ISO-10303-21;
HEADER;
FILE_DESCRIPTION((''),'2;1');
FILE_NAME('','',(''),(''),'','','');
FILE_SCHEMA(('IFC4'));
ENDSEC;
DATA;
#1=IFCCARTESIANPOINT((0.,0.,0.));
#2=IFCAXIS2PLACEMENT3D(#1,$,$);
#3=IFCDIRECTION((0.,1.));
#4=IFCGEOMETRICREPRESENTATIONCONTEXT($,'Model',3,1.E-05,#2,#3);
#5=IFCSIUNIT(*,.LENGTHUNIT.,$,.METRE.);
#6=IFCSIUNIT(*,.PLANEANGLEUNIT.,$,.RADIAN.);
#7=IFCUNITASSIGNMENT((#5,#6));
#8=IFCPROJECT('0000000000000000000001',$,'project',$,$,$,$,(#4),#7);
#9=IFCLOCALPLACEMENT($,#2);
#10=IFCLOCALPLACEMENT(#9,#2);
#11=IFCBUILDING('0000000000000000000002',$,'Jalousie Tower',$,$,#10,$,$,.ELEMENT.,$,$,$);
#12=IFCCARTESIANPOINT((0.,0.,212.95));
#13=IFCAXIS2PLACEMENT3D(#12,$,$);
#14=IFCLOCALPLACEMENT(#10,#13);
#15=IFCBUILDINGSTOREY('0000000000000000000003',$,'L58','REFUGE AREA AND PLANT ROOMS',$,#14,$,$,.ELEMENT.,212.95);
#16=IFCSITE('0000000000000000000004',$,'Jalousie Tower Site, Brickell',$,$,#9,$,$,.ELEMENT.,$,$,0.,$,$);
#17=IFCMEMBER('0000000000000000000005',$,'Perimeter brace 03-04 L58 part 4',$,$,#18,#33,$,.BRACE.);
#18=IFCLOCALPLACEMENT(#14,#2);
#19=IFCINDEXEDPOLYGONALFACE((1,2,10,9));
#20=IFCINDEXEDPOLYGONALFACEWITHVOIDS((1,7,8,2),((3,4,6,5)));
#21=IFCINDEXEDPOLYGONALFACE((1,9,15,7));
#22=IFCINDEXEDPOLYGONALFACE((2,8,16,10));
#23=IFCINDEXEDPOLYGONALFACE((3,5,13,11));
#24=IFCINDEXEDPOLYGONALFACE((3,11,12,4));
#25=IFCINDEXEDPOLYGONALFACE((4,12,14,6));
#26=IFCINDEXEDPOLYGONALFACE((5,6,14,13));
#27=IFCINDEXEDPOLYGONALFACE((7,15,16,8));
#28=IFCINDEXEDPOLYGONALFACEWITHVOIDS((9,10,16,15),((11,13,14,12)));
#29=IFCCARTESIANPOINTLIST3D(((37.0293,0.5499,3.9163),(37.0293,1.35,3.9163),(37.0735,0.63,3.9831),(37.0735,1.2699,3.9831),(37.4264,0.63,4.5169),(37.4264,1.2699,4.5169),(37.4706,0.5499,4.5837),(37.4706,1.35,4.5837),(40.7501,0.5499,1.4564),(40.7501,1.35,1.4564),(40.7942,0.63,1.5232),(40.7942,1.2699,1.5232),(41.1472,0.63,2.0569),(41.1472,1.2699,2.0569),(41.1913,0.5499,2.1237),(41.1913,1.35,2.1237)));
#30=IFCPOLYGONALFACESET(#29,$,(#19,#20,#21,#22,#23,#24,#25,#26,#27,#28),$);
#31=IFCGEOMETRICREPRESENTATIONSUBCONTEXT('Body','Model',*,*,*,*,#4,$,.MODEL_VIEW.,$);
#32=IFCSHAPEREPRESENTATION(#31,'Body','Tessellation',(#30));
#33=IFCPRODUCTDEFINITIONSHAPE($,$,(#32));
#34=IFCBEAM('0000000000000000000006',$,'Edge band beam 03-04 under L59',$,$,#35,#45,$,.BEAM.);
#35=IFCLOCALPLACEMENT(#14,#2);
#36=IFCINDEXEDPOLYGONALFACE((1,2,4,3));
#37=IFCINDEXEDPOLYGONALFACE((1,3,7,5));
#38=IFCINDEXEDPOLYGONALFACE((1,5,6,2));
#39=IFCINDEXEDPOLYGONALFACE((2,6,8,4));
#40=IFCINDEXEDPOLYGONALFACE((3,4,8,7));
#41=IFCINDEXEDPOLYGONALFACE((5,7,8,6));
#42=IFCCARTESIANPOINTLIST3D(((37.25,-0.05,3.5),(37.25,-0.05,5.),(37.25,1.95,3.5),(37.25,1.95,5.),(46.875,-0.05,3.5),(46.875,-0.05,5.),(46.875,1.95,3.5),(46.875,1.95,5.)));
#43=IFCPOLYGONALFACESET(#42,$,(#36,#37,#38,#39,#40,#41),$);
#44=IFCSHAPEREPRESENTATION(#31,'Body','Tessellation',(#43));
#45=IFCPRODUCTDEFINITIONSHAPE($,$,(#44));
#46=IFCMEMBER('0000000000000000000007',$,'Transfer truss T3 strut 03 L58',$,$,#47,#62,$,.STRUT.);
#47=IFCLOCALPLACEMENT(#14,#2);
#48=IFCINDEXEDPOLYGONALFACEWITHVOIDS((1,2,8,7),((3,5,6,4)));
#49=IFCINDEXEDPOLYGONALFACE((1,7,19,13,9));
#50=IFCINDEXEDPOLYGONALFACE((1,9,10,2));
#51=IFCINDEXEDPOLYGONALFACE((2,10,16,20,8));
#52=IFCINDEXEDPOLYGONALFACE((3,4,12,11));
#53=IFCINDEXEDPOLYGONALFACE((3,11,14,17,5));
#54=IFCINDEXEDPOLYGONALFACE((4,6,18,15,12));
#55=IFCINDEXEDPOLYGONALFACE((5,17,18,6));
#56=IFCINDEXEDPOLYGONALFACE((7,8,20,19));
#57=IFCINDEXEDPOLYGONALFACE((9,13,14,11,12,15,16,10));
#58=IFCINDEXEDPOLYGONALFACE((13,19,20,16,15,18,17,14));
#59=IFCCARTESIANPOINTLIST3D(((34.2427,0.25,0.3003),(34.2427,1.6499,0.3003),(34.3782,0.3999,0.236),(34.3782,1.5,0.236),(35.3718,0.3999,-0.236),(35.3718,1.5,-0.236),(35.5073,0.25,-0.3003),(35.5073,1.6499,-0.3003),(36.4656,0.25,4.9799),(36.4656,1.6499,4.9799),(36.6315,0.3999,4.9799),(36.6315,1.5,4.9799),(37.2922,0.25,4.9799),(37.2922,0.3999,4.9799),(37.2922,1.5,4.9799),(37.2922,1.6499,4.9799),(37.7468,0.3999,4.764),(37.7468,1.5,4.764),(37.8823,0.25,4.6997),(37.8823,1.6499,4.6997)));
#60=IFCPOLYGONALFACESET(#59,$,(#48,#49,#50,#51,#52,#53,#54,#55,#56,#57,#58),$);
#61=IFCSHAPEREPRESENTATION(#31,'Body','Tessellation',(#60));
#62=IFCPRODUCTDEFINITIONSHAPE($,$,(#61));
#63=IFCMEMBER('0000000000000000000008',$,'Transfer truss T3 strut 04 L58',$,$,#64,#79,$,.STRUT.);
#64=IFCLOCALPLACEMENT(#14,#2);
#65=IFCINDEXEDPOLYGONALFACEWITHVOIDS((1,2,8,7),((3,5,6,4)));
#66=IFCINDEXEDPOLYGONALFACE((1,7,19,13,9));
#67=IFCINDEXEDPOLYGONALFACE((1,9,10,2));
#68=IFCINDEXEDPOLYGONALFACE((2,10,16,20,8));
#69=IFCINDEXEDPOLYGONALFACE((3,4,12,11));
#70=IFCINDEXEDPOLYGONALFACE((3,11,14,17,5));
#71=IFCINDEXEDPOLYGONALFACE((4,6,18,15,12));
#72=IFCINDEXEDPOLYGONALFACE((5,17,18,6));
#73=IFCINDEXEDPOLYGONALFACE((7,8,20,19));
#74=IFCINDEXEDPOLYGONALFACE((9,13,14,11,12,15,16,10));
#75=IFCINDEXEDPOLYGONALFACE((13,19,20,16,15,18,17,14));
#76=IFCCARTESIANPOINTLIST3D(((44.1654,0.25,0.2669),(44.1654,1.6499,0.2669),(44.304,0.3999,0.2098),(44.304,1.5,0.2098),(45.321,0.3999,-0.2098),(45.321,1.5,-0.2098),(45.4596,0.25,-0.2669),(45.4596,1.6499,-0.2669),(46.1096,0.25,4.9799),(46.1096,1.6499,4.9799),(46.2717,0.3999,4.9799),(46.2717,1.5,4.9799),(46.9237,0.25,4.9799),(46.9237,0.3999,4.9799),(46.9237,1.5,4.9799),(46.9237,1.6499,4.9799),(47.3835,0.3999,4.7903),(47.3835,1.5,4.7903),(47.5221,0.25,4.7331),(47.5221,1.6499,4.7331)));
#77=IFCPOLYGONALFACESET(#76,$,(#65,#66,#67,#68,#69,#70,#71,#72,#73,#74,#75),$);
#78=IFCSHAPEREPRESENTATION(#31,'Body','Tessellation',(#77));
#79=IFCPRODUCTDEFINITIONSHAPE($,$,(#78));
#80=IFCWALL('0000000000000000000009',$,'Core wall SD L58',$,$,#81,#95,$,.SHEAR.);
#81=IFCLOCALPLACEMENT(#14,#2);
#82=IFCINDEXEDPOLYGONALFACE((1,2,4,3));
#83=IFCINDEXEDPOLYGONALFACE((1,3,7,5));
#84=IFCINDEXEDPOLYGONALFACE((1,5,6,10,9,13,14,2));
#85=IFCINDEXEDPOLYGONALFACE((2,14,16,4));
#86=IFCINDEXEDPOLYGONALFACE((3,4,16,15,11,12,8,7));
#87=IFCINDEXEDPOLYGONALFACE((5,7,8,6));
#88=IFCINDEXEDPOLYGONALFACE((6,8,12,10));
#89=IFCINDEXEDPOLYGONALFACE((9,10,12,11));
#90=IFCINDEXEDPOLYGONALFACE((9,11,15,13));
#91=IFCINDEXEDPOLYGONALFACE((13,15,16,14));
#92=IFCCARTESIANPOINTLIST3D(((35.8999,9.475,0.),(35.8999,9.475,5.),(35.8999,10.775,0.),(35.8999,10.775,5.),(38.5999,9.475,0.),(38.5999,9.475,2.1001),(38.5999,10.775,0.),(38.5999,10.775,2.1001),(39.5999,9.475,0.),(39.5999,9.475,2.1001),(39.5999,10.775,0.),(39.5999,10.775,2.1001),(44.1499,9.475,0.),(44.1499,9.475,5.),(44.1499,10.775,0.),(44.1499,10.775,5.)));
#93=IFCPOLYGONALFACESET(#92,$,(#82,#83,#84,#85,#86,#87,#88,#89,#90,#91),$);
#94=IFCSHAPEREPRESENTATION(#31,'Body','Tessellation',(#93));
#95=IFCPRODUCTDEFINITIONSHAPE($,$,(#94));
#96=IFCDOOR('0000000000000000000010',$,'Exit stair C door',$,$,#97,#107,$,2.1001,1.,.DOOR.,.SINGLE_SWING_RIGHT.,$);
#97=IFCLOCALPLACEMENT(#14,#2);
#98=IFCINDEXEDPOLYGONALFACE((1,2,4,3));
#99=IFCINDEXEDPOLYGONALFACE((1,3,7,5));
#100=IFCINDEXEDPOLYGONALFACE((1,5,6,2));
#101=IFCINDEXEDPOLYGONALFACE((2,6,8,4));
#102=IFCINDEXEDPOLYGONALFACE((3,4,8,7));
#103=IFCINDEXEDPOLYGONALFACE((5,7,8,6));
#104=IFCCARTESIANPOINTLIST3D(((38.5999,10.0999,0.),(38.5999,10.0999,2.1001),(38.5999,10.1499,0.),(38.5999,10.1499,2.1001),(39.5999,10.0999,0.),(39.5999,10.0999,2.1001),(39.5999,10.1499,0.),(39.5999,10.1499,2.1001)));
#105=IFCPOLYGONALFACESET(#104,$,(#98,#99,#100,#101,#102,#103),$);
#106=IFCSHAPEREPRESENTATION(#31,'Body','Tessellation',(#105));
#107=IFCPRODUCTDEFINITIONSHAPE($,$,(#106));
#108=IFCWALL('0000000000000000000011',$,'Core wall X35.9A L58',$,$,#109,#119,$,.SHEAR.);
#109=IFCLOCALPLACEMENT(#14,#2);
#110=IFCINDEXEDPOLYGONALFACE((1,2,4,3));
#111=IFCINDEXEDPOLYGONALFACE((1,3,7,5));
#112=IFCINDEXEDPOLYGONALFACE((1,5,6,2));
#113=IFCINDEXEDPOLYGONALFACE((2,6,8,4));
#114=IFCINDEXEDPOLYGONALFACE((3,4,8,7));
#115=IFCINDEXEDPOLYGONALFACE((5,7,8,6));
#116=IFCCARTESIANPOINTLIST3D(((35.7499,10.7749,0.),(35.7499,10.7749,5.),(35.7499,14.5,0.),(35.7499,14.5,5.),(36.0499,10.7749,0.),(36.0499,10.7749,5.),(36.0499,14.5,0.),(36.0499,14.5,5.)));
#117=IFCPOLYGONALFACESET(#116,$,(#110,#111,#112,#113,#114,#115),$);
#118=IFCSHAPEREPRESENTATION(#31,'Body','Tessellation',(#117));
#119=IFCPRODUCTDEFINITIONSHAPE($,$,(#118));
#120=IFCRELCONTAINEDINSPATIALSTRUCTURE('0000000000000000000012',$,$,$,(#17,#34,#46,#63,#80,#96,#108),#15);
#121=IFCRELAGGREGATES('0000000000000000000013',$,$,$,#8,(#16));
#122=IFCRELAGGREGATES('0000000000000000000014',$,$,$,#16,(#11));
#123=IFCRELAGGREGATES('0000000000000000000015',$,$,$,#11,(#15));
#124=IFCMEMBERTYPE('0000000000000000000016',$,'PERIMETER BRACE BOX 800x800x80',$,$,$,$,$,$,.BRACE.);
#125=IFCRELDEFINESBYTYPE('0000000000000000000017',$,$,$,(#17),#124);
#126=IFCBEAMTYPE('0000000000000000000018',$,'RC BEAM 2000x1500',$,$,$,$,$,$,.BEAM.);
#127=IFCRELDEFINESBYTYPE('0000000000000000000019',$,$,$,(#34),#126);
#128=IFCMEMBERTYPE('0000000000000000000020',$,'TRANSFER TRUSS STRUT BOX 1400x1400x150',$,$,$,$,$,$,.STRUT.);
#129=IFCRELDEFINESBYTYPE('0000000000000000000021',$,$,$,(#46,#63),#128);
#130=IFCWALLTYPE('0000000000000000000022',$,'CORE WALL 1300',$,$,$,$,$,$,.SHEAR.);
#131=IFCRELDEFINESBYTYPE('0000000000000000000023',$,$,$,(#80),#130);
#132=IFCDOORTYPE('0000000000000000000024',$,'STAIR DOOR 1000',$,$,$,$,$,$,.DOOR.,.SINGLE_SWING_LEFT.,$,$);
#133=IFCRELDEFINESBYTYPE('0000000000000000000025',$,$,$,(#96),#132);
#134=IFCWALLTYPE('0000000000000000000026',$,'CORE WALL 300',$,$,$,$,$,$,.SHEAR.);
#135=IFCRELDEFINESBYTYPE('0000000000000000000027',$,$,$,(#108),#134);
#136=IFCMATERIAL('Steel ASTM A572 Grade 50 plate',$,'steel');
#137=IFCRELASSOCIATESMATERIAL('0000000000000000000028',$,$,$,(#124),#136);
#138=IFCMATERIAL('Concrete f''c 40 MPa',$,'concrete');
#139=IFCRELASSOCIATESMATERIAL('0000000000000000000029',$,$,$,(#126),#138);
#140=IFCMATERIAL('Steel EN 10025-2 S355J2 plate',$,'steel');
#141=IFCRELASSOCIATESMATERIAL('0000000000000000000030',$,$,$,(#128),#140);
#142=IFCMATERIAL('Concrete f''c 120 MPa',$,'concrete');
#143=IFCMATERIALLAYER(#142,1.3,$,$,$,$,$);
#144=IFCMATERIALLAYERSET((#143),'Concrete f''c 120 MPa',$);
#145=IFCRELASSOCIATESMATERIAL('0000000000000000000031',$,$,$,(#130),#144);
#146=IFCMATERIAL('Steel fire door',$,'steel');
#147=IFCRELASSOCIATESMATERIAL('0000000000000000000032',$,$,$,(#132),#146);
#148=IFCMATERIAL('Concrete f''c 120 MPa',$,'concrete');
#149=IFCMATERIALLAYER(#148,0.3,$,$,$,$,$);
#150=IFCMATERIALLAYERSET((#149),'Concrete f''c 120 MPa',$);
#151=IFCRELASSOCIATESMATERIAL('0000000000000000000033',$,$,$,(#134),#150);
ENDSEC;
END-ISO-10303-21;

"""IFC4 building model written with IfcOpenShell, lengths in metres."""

from ifc_helpers import new_model, si_unit, direction, frame, frame_2d, origin, origin_2d, place, context, subcontext, project, spatial, rectangle, hollow_rectangle, extrude, clip, halfspace, material, layer, layer_set, material_profile, profile_set, type_object, element, fill, save


model = new_model("IFC4")

# Units and contexts
model_context = context("Model", 3, precision=1e-05, world=origin(), true_north=direction((0.0, 1.0)))
body_context = subcontext(model_context, "Body", "Model", "MODEL_VIEW")
ifc_project = project(units=[si_unit("LENGTHUNIT", "METRE"), si_unit("PLANEANGLEUNIT", "RADIAN")], contexts=[model_context])

# Site, building, storey
site_placement = place(None, origin())
site = spatial("IfcSite", under=ifc_project, at=site_placement, Name="Jalousie Tower Site, Brickell", CompositionType="ELEMENT", RefElevation=0.0)
building_placement = place(site_placement, origin())
building = spatial("IfcBuilding", under=site, at=building_placement, Name="Jalousie Tower", CompositionType="ELEMENT")
storey_placement = place(building_placement, frame((0.0, 0.0, 212.95)))
storey = spatial("IfcBuildingStorey", under=building, at=storey_placement, Name="L58", Description="REFUGE AREA AND PLANT ROOMS", CompositionType="ELEMENT", Elevation=212.95)

# Member
ifc_material_1 = material(Name="Steel ASTM A572 Grade 50 plate", Category="steel")
ifc_material_profile_1 = material_profile(ifc_material_1, hollow_rectangle(XDim=0.8, YDim=0.8, WallThickness=0.0801, at=origin_2d()), Name="BOX 800x800x80")
ifc_profile_set_1 = profile_set([ifc_material_profile_1], Name="Steel ASTM A572 Grade 50 plate")
member_type_1 = type_object("IfcMemberType", Name="PERIMETER BRACE BOX 800x800x80", PredefinedType="BRACE", material=ifc_profile_set_1)
member_1_placement = place(storey_placement, frame((40.9707, 0.95, 1.79), z_axis=(-0.834166, 0.0, 0.551513), x_axis=(0.0, -1.0, 0.0)))
element("IfcMember", 1, at=member_1_placement, inside=storey, type_object=member_type_1, Name="Perimeter brace 03-04 L58 part 4", PredefinedType="BRACE", context=body_context, shape_type="SweptSolid", body=[
    extrude(hollow_rectangle(XDim=0.8, YDim=0.8, WallThickness=0.0801, at=origin_2d()), origin(), (0.0, 0.0, 1.0), 4.4604),
])

# Beam
ifc_material_2 = material(Name="Concrete f'c 40 MPa", Category="concrete")
ifc_material_profile_2 = material_profile(ifc_material_2, rectangle(XDim=2.0, YDim=1.5, at=origin_2d()), Name="RC 2000x1500")
ifc_profile_set_2 = profile_set([ifc_material_profile_2], Name="Concrete f'c 40 MPa")
beam_type = type_object("IfcBeamType", Name="RC BEAM 2000x1500", PredefinedType="BEAM", material=ifc_profile_set_2)
beam_placement = place(storey_placement, frame((37.25, 0.95, 4.25), z_axis=(1.0, 0.0, 0.0), x_axis=(0.0, 1.0, 0.0)))
element("IfcBeam", 2, at=beam_placement, inside=storey, type_object=beam_type, Name="Edge band beam 03-04 under L59", PredefinedType="BEAM", context=body_context, shape_type="SweptSolid", body=[
    extrude(rectangle(XDim=2.0, YDim=1.5, at=origin_2d()), origin(), (0.0, 0.0, 1.0), 9.625),
])

# Members
ifc_material_3 = material(Name="Steel EN 10025-2 S355J2 plate", Category="steel")
ifc_material_profile_3 = material_profile(ifc_material_3, hollow_rectangle(XDim=1.3999, YDim=1.3999, WallThickness=0.1499, at=origin_2d()), Name="BOX 1400x1400x150")
ifc_profile_set_3 = profile_set([ifc_material_profile_3], Name="Steel EN 10025-2 S355J2 plate")
member_type_2 = type_object("IfcMemberType", Name="TRANSFER TRUSS STRUT BOX 1400x1400x150", PredefinedType="STRUT", material=ifc_profile_set_3)
member_2_placement = place(storey_placement, frame((34.875, 0.95, 0.0), z_axis=(0.429057, 0.0, 0.903278), x_axis=(0.0, 1.0, 0.0)))
element("IfcMember", 3, at=member_2_placement, inside=storey, type_object=member_type_2, Name="Transfer truss T3 strut 03 L58", PredefinedType="STRUT", context=body_context, shape_type="Clipping", body=[
    clip(extrude(hollow_rectangle(XDim=1.3999, YDim=1.3999, WallThickness=0.1499, at=origin_2d()), origin(), (0.0, 0.0, 1.0), 5.5354), halfspace(frame((0.0, 0.0, 5.5132), z_axis=(0.0, 0.429057, 0.903278)), False)),
])
member_3_placement = place(storey_placement, frame((44.8125, 0.95, 0.0), z_axis=(0.381331, 0.0, 0.924439), x_axis=(0.0, 1.0, 0.0)))
element("IfcMember", 4, at=member_3_placement, inside=storey, type_object=member_type_2, Name="Transfer truss T3 strut 04 L58", PredefinedType="STRUT", context=body_context, shape_type="Clipping", body=[
    clip(extrude(hollow_rectangle(XDim=1.3999, YDim=1.3999, WallThickness=0.1499, at=origin_2d()), origin(), (0.0, 0.0, 1.0), 5.4087), halfspace(frame((0.0, 0.0, 5.387), z_axis=(0.0, 0.381331, 0.924439)), False)),
])

# Wall, opening, door
ifc_material_4 = material(Name="Concrete f'c 120 MPa", Category="concrete")
ifc_layer_1 = layer(ifc_material_4, 1.3)
ifc_layer_set_1 = layer_set([ifc_layer_1], Name="Concrete f'c 120 MPa")
wall_type_1 = type_object("IfcWallType", Name="CORE WALL 1300", PredefinedType="SHEAR", material=ifc_layer_set_1)
wall_1_placement = place(storey_placement, frame((35.8999, 10.125, 0.0), z_axis=(0.0, 0.0, 1.0), x_axis=(1.0, 0.0, 0.0)))
wall_1 = element("IfcWall", 5, at=wall_1_placement, inside=storey, type_object=wall_type_1, Name="Core wall SD L58", PredefinedType="SHEAR", context=body_context, shape_type="SweptSolid", body=[
    extrude(rectangle(XDim=8.25, YDim=1.3, at=frame_2d((4.125, 0.0))), origin(), (0.0, 0.0, 1.0), 5.0),
])
opening_placement = place(wall_1_placement, frame((2.7, 0.0, 0.0)))
opening = element("IfcOpeningElement", 6, at=opening_placement, cuts=wall_1, PredefinedType="OPENING", context=body_context, shape_type="SweptSolid", body=[
    extrude(rectangle(XDim=1.0, YDim=2.1001, at=frame_2d((0.5, 1.05))), frame((0.0, 0.6599, 0.0), z_axis=(0.0, -1.0, 0.0), x_axis=(1.0, 0.0, 0.0)), (0.0, 0.0, 1.0), 1.3201),
])
ifc_material_5 = material(Name="Steel fire door", Category="steel")
door_type = type_object("IfcDoorType", Name="STAIR DOOR 1000", OperationType="SINGLE_SWING_LEFT", PredefinedType="DOOR", material=ifc_material_5)
door_placement = place(opening_placement, origin())
door = element("IfcDoor", 7, at=door_placement, inside=storey, type_object=door_type, Name="Exit stair C door", OperationType="SINGLE_SWING_RIGHT", OverallHeight=2.1001, OverallWidth=1.0, PredefinedType="DOOR", context=body_context, shape_type="SweptSolid", body=[
    extrude(rectangle(XDim=1.0, YDim=2.1001, at=frame_2d((0.5, 1.05))), frame((0.0, 0.0249, 0.0), z_axis=(0.0, -1.0, 0.0), x_axis=(1.0, 0.0, 0.0)), (0.0, 0.0, 1.0), 0.05),
])
fill(opening, door)

# Wall
ifc_material_6 = material(Name="Concrete f'c 120 MPa", Category="concrete")
ifc_layer_2 = layer(ifc_material_6, 0.3)
ifc_layer_set_2 = layer_set([ifc_layer_2], Name="Concrete f'c 120 MPa")
wall_type_2 = type_object("IfcWallType", Name="CORE WALL 300", PredefinedType="SHEAR", material=ifc_layer_set_2)
wall_2_placement = place(storey_placement, frame((35.8999, 10.7749, 0.0), z_axis=(0.0, 0.0, 1.0), x_axis=(0.0, 1.0, 0.0)))
element("IfcWall", 8, at=wall_2_placement, inside=storey, type_object=wall_type_2, Name="Core wall X35.9A L58", PredefinedType="SHEAR", context=body_context, shape_type="SweptSolid", body=[
    extrude(rectangle(XDim=3.7251, YDim=0.3, at=frame_2d((1.8625, 0.0))), origin(), (0.0, 0.0, 1.0), 5.0),
])

save(model, "model.ifc")
